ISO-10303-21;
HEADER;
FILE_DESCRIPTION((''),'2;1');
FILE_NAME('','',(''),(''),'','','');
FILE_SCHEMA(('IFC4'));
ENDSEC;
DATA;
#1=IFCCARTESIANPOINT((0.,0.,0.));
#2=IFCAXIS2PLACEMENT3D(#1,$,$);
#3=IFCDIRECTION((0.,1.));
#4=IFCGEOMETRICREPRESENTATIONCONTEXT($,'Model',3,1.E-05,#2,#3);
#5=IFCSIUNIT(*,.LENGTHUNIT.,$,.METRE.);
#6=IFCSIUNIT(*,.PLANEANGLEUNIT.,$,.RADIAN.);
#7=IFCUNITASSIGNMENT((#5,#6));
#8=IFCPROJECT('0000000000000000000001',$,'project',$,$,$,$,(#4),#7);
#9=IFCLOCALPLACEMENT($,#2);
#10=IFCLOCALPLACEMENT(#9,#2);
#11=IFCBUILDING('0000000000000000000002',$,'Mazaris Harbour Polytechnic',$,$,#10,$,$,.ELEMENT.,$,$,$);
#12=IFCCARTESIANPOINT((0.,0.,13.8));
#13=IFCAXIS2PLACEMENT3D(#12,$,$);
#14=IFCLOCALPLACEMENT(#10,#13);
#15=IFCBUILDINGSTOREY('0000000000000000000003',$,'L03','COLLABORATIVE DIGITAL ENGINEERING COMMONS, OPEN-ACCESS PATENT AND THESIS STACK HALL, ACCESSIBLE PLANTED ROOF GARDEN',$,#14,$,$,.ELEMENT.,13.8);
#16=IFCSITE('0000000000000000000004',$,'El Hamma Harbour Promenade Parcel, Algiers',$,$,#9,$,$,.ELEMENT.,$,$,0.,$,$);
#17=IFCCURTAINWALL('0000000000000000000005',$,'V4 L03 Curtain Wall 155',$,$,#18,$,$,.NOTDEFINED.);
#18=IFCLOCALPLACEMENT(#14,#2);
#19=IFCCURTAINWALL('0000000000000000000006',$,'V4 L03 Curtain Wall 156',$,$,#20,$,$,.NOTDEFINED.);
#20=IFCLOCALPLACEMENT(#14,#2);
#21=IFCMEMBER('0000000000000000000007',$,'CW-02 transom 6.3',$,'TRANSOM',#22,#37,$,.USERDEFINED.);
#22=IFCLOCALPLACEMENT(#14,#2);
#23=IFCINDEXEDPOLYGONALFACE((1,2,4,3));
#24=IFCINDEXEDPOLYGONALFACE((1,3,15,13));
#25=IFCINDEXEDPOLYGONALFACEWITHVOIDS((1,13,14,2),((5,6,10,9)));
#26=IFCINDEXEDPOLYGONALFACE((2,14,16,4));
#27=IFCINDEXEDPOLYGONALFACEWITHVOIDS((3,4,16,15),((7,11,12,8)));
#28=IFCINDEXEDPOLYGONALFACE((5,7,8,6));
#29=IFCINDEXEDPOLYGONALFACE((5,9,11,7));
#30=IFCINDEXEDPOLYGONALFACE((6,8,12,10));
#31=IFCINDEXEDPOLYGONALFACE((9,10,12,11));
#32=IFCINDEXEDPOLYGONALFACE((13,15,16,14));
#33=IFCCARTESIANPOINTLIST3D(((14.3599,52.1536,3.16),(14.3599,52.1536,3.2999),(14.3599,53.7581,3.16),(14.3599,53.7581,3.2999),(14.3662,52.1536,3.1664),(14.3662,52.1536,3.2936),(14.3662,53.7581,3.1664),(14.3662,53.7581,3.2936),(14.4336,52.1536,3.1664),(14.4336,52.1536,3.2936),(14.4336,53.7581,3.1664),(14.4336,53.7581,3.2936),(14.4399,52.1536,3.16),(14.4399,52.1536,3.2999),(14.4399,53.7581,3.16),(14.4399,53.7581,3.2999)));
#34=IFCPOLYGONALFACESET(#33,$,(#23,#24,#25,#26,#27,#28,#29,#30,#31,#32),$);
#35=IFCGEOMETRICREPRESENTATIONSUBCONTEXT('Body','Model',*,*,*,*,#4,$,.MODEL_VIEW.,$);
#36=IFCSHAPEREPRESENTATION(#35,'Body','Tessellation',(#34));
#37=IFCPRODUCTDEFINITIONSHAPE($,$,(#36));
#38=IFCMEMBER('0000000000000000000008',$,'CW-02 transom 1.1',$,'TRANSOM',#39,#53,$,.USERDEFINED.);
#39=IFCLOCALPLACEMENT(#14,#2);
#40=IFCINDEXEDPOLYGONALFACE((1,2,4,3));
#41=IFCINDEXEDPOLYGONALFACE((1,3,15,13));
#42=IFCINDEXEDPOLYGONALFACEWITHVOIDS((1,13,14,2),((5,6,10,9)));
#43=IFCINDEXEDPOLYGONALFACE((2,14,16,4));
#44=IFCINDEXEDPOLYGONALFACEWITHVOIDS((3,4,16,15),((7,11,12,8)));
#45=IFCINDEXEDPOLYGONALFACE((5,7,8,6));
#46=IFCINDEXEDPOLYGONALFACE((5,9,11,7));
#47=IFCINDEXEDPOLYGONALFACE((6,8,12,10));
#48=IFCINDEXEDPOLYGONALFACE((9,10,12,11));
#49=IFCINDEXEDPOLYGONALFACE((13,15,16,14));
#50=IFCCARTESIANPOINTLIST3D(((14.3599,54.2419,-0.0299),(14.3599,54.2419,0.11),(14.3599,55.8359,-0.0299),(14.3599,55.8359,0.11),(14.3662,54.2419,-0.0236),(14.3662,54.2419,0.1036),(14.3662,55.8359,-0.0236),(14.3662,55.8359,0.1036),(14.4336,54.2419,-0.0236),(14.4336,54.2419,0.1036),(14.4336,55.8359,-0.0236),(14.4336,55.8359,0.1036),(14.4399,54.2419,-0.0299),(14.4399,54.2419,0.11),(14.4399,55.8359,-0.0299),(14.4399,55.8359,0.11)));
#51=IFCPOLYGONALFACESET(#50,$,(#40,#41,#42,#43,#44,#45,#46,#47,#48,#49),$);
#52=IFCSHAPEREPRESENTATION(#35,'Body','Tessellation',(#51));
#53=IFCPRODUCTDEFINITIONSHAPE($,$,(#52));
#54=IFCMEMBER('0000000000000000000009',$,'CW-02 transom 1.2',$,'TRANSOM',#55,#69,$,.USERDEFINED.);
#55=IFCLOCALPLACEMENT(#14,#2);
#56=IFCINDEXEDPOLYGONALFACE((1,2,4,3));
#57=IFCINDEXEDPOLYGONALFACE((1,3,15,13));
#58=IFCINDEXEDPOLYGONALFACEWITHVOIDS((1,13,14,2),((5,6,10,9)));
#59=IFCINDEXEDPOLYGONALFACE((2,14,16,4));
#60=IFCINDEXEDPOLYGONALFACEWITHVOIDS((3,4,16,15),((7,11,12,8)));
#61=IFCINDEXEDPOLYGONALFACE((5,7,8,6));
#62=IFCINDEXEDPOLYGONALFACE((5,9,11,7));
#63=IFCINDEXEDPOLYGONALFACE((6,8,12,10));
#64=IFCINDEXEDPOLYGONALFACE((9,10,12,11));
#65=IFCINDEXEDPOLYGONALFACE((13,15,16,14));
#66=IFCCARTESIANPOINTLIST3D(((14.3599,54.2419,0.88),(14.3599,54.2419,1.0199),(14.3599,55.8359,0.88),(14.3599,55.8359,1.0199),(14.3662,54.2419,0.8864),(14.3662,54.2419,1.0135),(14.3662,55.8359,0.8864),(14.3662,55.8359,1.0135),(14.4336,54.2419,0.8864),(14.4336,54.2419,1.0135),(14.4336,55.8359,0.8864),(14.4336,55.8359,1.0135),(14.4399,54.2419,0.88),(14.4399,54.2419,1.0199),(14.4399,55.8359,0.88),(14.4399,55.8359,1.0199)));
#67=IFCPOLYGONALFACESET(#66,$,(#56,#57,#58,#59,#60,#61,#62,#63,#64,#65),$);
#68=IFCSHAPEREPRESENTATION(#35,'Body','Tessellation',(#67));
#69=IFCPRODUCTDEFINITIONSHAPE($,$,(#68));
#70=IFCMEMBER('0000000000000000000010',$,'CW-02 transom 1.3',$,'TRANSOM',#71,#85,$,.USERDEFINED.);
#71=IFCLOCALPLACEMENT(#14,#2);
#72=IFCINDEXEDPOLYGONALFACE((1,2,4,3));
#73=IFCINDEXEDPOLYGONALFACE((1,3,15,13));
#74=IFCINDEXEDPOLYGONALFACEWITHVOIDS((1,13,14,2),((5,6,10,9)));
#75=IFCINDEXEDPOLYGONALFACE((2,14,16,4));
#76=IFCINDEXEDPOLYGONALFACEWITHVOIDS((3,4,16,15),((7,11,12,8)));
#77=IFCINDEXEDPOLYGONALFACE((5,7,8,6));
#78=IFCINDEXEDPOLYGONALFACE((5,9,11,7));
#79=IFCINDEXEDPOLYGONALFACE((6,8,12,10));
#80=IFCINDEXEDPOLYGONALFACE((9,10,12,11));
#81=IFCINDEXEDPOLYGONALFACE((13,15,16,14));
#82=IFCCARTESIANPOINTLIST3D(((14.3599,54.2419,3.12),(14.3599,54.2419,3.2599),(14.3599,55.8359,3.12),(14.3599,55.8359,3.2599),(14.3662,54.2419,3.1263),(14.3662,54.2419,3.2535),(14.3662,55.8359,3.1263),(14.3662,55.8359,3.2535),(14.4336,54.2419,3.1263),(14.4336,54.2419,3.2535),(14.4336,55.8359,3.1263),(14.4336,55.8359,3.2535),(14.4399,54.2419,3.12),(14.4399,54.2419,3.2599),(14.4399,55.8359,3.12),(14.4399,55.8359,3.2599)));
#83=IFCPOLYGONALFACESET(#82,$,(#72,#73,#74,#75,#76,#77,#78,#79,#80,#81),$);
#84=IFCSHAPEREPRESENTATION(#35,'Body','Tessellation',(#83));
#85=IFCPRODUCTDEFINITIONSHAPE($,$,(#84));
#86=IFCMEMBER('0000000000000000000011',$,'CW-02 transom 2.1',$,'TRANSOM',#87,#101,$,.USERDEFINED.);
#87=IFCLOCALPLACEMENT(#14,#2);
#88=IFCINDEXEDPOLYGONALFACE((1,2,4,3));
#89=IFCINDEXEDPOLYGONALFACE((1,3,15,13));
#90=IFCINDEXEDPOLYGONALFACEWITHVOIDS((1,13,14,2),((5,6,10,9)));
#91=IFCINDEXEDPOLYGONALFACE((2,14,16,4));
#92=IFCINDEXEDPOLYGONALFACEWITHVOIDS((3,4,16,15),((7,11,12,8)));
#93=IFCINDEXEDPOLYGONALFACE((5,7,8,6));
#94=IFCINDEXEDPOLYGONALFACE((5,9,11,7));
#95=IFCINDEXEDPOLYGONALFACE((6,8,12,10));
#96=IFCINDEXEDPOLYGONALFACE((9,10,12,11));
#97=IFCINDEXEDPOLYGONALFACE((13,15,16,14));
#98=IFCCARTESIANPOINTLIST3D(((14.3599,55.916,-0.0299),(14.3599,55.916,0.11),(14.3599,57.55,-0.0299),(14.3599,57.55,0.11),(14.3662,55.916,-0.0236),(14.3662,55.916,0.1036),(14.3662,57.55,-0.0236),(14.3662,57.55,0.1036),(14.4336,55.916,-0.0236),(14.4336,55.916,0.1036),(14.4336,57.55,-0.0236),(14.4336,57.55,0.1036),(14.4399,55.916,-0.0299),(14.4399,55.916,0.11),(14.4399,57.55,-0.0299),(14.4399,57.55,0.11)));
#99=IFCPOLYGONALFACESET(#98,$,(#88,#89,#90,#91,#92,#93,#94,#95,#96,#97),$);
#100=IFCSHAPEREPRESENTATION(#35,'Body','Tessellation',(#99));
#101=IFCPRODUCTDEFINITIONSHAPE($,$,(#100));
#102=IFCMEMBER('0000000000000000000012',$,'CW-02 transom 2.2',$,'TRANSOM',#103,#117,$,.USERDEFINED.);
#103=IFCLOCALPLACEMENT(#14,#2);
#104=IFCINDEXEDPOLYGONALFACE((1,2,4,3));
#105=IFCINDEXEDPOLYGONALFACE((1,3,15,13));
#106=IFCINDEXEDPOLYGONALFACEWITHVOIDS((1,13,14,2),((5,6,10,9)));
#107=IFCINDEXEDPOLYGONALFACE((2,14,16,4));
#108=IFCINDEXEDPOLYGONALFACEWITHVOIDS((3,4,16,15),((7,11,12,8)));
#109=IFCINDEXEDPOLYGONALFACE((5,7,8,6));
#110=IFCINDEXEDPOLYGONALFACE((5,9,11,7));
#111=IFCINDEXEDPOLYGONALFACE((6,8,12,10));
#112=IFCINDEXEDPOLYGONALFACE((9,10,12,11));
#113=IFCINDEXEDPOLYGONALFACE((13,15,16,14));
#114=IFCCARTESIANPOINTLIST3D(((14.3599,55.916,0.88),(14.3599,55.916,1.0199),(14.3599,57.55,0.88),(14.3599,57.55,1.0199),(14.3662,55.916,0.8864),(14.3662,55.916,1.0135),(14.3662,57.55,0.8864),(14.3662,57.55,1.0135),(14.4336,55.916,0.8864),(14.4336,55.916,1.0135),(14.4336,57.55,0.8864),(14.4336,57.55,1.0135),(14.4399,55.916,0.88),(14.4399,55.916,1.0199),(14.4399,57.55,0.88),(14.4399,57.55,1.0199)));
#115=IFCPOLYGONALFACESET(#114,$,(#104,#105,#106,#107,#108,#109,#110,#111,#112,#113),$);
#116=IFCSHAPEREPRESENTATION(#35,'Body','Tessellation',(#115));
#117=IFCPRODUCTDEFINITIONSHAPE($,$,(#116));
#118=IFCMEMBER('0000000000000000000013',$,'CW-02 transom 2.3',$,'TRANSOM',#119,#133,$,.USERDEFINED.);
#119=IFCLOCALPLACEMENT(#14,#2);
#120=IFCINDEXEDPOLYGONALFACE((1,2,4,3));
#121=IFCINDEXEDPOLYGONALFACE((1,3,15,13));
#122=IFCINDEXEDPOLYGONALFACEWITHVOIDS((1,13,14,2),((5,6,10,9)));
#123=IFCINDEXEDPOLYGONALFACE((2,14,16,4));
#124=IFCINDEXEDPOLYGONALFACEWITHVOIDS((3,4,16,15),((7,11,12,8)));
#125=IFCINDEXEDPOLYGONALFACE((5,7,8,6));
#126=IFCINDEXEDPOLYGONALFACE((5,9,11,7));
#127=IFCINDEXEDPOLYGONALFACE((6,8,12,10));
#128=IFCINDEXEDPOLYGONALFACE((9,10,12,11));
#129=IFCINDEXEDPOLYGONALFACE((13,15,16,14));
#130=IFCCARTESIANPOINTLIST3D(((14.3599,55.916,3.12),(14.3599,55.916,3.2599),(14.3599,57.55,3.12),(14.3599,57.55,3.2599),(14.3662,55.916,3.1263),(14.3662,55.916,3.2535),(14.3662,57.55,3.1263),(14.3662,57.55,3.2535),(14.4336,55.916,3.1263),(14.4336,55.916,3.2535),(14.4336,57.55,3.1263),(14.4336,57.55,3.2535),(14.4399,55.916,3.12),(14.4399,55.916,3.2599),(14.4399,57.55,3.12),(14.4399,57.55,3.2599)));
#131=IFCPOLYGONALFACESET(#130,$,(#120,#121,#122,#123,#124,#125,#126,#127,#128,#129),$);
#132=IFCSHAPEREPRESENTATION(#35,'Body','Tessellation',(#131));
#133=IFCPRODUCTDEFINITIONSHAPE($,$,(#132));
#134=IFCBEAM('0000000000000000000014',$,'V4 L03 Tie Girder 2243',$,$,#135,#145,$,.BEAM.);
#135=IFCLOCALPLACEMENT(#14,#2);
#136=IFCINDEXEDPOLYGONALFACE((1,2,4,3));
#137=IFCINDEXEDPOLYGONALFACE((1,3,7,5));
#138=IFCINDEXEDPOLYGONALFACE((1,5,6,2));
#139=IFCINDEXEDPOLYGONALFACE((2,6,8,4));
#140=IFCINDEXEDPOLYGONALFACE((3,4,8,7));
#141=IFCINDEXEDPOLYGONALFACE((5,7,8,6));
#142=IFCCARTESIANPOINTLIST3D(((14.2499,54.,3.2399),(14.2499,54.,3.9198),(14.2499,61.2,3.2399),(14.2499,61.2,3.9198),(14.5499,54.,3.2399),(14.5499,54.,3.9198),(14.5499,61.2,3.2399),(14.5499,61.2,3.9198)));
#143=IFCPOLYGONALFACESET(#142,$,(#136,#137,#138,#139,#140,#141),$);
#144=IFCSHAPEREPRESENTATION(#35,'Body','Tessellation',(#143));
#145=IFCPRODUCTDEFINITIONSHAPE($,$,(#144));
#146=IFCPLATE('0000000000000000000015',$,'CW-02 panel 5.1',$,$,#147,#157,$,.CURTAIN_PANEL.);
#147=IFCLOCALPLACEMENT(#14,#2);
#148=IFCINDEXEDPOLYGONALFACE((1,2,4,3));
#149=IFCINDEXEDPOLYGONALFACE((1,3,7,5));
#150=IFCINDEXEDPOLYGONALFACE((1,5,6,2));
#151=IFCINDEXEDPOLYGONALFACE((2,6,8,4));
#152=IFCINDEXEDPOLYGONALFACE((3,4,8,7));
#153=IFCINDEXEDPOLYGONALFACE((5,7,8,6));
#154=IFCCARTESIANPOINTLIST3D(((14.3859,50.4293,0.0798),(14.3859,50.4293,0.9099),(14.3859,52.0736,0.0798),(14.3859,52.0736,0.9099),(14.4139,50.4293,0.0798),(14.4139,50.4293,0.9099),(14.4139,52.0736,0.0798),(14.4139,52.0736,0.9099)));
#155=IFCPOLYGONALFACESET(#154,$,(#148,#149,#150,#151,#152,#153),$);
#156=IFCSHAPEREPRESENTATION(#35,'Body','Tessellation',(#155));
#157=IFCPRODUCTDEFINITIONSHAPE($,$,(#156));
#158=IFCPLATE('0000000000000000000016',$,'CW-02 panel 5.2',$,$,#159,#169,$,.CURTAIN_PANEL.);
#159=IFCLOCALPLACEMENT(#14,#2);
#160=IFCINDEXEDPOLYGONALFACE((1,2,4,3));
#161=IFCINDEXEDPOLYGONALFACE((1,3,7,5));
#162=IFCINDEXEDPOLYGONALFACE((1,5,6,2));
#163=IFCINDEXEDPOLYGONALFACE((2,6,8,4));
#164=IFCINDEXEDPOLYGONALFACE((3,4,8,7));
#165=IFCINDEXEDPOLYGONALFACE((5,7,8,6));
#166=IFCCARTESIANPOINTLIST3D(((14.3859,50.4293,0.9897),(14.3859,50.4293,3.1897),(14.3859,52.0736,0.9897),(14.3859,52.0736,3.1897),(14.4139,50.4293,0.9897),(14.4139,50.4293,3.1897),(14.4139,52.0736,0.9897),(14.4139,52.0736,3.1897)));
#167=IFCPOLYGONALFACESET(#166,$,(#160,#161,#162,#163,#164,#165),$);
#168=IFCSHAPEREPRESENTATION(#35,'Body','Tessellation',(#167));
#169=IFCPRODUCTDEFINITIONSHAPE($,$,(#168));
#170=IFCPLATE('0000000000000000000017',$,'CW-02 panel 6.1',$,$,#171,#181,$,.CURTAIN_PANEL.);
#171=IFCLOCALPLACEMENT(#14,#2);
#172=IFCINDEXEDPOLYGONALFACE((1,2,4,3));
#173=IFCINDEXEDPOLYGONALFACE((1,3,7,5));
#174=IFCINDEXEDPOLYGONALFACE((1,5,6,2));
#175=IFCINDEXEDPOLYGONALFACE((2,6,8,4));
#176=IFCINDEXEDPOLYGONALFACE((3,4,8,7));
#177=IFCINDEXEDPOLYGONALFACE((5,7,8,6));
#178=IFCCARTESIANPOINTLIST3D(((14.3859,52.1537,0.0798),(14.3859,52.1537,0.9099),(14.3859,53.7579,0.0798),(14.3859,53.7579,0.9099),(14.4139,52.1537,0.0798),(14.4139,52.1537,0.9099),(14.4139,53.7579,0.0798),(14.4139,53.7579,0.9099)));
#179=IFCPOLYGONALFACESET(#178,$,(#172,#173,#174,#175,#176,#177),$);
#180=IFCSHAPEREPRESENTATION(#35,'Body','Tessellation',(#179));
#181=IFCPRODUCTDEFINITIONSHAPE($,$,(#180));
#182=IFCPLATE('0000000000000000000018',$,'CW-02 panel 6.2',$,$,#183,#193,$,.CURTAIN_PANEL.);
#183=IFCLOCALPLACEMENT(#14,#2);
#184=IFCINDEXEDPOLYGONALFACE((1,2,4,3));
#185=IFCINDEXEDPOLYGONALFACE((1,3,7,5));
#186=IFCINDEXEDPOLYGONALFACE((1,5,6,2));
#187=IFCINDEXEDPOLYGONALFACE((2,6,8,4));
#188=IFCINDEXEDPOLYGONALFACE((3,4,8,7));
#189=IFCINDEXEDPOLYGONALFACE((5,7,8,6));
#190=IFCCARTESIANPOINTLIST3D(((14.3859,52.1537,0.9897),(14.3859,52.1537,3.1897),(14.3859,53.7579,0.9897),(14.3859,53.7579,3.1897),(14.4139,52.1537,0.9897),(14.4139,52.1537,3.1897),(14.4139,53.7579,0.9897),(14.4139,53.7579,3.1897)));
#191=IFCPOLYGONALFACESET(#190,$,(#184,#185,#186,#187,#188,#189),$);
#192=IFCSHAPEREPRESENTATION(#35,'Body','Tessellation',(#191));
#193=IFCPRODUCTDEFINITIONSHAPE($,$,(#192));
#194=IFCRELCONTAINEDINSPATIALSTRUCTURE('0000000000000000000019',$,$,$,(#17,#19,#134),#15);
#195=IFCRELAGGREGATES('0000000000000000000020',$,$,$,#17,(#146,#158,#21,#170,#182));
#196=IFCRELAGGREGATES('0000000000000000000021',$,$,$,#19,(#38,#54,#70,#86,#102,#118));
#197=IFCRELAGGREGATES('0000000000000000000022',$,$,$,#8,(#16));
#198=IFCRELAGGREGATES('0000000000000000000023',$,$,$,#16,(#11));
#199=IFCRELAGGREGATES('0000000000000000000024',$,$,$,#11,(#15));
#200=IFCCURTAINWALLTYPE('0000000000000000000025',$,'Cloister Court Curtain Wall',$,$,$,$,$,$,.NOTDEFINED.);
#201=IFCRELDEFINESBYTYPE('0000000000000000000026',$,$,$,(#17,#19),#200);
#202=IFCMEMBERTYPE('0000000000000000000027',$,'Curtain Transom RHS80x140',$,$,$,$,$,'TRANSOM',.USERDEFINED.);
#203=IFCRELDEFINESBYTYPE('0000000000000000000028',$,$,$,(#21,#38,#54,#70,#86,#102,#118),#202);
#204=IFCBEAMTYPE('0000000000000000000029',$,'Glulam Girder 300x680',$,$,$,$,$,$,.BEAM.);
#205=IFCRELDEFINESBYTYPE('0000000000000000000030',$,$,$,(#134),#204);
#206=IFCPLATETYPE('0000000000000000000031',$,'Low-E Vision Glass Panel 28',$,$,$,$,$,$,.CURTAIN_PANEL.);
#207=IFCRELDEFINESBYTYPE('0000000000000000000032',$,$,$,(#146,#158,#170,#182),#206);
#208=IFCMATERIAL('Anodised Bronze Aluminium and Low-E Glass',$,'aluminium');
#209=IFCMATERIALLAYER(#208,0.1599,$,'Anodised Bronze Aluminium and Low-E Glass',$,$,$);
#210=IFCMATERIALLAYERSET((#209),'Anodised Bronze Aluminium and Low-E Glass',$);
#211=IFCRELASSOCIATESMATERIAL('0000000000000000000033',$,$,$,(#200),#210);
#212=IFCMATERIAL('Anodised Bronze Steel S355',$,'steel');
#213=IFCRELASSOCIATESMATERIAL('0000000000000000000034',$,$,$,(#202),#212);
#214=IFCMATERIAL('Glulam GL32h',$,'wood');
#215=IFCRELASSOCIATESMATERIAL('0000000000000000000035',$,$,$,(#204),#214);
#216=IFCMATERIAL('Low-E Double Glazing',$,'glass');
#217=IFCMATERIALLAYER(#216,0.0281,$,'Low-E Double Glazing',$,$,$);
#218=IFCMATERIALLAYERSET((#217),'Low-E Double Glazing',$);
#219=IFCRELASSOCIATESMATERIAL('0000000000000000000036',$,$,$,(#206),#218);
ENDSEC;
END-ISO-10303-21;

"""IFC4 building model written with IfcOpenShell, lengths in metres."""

from ifc_helpers import new_model, si_unit, direction, frame, origin, origin_2d, place, context, subcontext, project, spatial, rectangle, hollow_rectangle, extrude, material, layer, layer_set, material_profile, profile_set, type_object, element, aggregate, save


model = new_model("IFC4")

# Units and contexts
model_context = context("Model", 3, precision=1e-05, world=origin(), true_north=direction((0.0, 1.0)))
body_context = subcontext(model_context, "Body", "Model", "MODEL_VIEW")
ifc_project = project(units=[si_unit("LENGTHUNIT", "METRE"), si_unit("PLANEANGLEUNIT", "RADIAN")], contexts=[model_context])

# Site, building, storey
site_placement = place(None, origin())
site = spatial("IfcSite", under=ifc_project, at=site_placement, Name="El Hamma Harbour Promenade Parcel, Algiers", CompositionType="ELEMENT", RefElevation=0.0)
building_placement = place(site_placement, origin())
building = spatial("IfcBuilding", under=site, at=building_placement, Name="Mazaris Harbour Polytechnic", CompositionType="ELEMENT")
storey_placement = place(building_placement, frame((0.0, 0.0, 13.8)))
storey = spatial("IfcBuildingStorey", under=building, at=storey_placement, Name="L03", Description="COLLABORATIVE DIGITAL ENGINEERING COMMONS, OPEN-ACCESS PATENT AND THESIS STACK HALL, ACCESSIBLE PLANTED ROOF GARDEN", CompositionType="ELEMENT", Elevation=13.8)

# Curtain walls
ifc_material_1 = material(Name="Anodised Bronze Aluminium and Low-E Glass", Category="aluminium")
ifc_layer_1 = layer(ifc_material_1, 0.1599, Name="Anodised Bronze Aluminium and Low-E Glass")
ifc_layer_set_1 = layer_set([ifc_layer_1], Name="Anodised Bronze Aluminium and Low-E Glass")
curtain_wall_type = type_object("IfcCurtainWallType", Name="Cloister Court Curtain Wall", PredefinedType="NOTDEFINED", material=ifc_layer_set_1)
curtain_wall_1_placement = place(storey_placement, origin())
curtain_wall_1 = element("IfcCurtainWall", 1, at=curtain_wall_1_placement, inside=storey, type_object=curtain_wall_type, Name="V4 L03 Curtain Wall 155", PredefinedType="NOTDEFINED")
curtain_wall_2_placement = place(storey_placement, origin())
curtain_wall_2 = element("IfcCurtainWall", 2, at=curtain_wall_2_placement, inside=storey, type_object=curtain_wall_type, Name="V4 L03 Curtain Wall 156", PredefinedType="NOTDEFINED")

# Members
ifc_material_2 = material(Name="Anodised Bronze Steel S355", Category="steel")
ifc_material_profile_1 = material_profile(ifc_material_2, hollow_rectangle(XDim=0.0801, YDim=0.1399, WallThickness=0.0063, at=origin_2d()), Name="RHS 80x140x6.3")
ifc_profile_set_1 = profile_set([ifc_material_profile_1], Name="Anodised Bronze Steel S355")
member_type_1 = type_object("IfcMemberType", Name="Curtain Transom RHS80x140", ElementType="TRANSOM", PredefinedType="USERDEFINED", material=ifc_profile_set_1)
member_1_placement = place(storey_placement, frame((14.3999, 52.1536, 3.23), z_axis=(0.0, 1.0, 0.0), x_axis=(-1.0, 0.0, 0.0)))
member_1 = element("IfcMember", 3, at=member_1_placement, type_object=member_type_1, Name="CW-02 transom 6.3", ObjectType="TRANSOM", PredefinedType="USERDEFINED", context=body_context, shape_type="SweptSolid", body=[
    extrude(hollow_rectangle(XDim=0.0801, YDim=0.1399, WallThickness=0.0063, at=origin_2d()), origin(), (0.0, 0.0, 1.0), 1.6045),
])
member_2_placement = place(storey_placement, frame((14.3999, 54.2419, 0.04), z_axis=(0.0, 1.0, 0.0), x_axis=(-1.0, 0.0, 0.0)))
member_2 = element("IfcMember", 4, at=member_2_placement, type_object=member_type_1, Name="CW-02 transom 1.1", ObjectType="TRANSOM", PredefinedType="USERDEFINED", context=body_context, shape_type="SweptSolid", body=[
    extrude(hollow_rectangle(XDim=0.0801, YDim=0.1399, WallThickness=0.0063, at=origin_2d()), origin(), (0.0, 0.0, 1.0), 1.594),
])
member_3_placement = place(storey_placement, frame((14.3999, 54.2419, 0.95), z_axis=(0.0, 1.0, 0.0), x_axis=(-1.0, 0.0, 0.0)))
member_3 = element("IfcMember", 5, at=member_3_placement, type_object=member_type_1, Name="CW-02 transom 1.2", ObjectType="TRANSOM", PredefinedType="USERDEFINED", context=body_context, shape_type="SweptSolid", body=[
    extrude(hollow_rectangle(XDim=0.0801, YDim=0.1399, WallThickness=0.0063, at=origin_2d()), origin(), (0.0, 0.0, 1.0), 1.594),
])
member_4_placement = place(storey_placement, frame((14.3999, 54.2419, 3.1899), z_axis=(0.0, 1.0, 0.0), x_axis=(-1.0, 0.0, 0.0)))
member_4 = element("IfcMember", 6, at=member_4_placement, type_object=member_type_1, Name="CW-02 transom 1.3", ObjectType="TRANSOM", PredefinedType="USERDEFINED", context=body_context, shape_type="SweptSolid", body=[
    extrude(hollow_rectangle(XDim=0.0801, YDim=0.1399, WallThickness=0.0063, at=origin_2d()), origin(), (0.0, 0.0, 1.0), 1.594),
])
member_5_placement = place(storey_placement, frame((14.3999, 55.916, 0.04), z_axis=(0.0, 1.0, 0.0), x_axis=(-1.0, 0.0, 0.0)))
member_5 = element("IfcMember", 7, at=member_5_placement, type_object=member_type_1, Name="CW-02 transom 2.1", ObjectType="TRANSOM", PredefinedType="USERDEFINED", context=body_context, shape_type="SweptSolid", body=[
    extrude(hollow_rectangle(XDim=0.0801, YDim=0.1399, WallThickness=0.0063, at=origin_2d()), origin(), (0.0, 0.0, 1.0), 1.634),
])
member_6_placement = place(storey_placement, frame((14.3999, 55.916, 0.95), z_axis=(0.0, 1.0, 0.0), x_axis=(-1.0, 0.0, 0.0)))
member_6 = element("IfcMember", 8, at=member_6_placement, type_object=member_type_1, Name="CW-02 transom 2.2", ObjectType="TRANSOM", PredefinedType="USERDEFINED", context=body_context, shape_type="SweptSolid", body=[
    extrude(hollow_rectangle(XDim=0.0801, YDim=0.1399, WallThickness=0.0063, at=origin_2d()), origin(), (0.0, 0.0, 1.0), 1.634),
])
member_7_placement = place(storey_placement, frame((14.3999, 55.916, 3.1899), z_axis=(0.0, 1.0, 0.0), x_axis=(-1.0, 0.0, 0.0)))
member_7 = element("IfcMember", 9, at=member_7_placement, type_object=member_type_1, Name="CW-02 transom 2.3", ObjectType="TRANSOM", PredefinedType="USERDEFINED", context=body_context, shape_type="SweptSolid", body=[
    extrude(hollow_rectangle(XDim=0.0801, YDim=0.1399, WallThickness=0.0063, at=origin_2d()), origin(), (0.0, 0.0, 1.0), 1.634),
])

# Beam
ifc_material_3 = material(Name="Glulam GL32h", Category="wood")
ifc_material_profile_2 = material_profile(ifc_material_3, rectangle(XDim=0.3, YDim=0.6799, at=origin_2d()), Name="RECT300x680")
ifc_profile_set_2 = profile_set([ifc_material_profile_2], Name="Glulam GL32h")
beam_type = type_object("IfcBeamType", Name="Glulam Girder 300x680", PredefinedType="BEAM", material=ifc_profile_set_2)
beam_placement = place(storey_placement, frame((14.3999, 54.0, 3.5798), z_axis=(0.0, 1.0, 0.0), x_axis=(-1.0, 0.0, 0.0)))
element("IfcBeam", 10, at=beam_placement, inside=storey, type_object=beam_type, Name="V4 L03 Tie Girder 2243", PredefinedType="BEAM", context=body_context, shape_type="SweptSolid", body=[
    extrude(rectangle(XDim=0.3, YDim=0.6799, at=origin_2d()), origin(), (0.0, 0.0, 1.0), 7.2),
])

# Plates
ifc_material_4 = material(Name="Low-E Double Glazing", Category="glass")
ifc_layer_2 = layer(ifc_material_4, 0.0281, Name="Low-E Double Glazing")
ifc_layer_set_2 = layer_set([ifc_layer_2], Name="Low-E Double Glazing")
plate_type = type_object("IfcPlateType", Name="Low-E Vision Glass Panel 28", PredefinedType="CURTAIN_PANEL", material=ifc_layer_set_2)
plate_1_placement = place(storey_placement, frame((14.3999, 51.2515, 0.0798), z_axis=(0.0, 0.0, 1.0), x_axis=(0.0, 1.0, 0.0)))
plate_1 = element("IfcPlate", 11, at=plate_1_placement, type_object=plate_type, Name="CW-02 panel 5.1", PredefinedType="CURTAIN_PANEL", context=body_context, shape_type="SweptSolid", body=[
    extrude(rectangle(XDim=1.6443, YDim=0.0281, at=origin_2d()), origin(), (0.0, 0.0, 1.0), 0.8301),
])
plate_2_placement = place(storey_placement, frame((14.3999, 51.2515, 0.9897), z_axis=(0.0, 0.0, 1.0), x_axis=(0.0, 1.0, 0.0)))
plate_2 = element("IfcPlate", 12, at=plate_2_placement, type_object=plate_type, Name="CW-02 panel 5.2", PredefinedType="CURTAIN_PANEL", context=body_context, shape_type="SweptSolid", body=[
    extrude(rectangle(XDim=1.6443, YDim=0.0281, at=origin_2d()), origin(), (0.0, 0.0, 1.0), 2.2),
])
plate_3_placement = place(storey_placement, frame((14.3999, 52.9558, 0.0798), z_axis=(0.0, 0.0, 1.0), x_axis=(0.0, 1.0, 0.0)))
plate_3 = element("IfcPlate", 13, at=plate_3_placement, type_object=plate_type, Name="CW-02 panel 6.1", PredefinedType="CURTAIN_PANEL", context=body_context, shape_type="SweptSolid", body=[
    extrude(rectangle(XDim=1.6042, YDim=0.0281, at=origin_2d()), origin(), (0.0, 0.0, 1.0), 0.8301),
])
plate_4_placement = place(storey_placement, frame((14.3999, 52.9558, 0.9897), z_axis=(0.0, 0.0, 1.0), x_axis=(0.0, 1.0, 0.0)))
plate_4 = element("IfcPlate", 14, at=plate_4_placement, type_object=plate_type, Name="CW-02 panel 6.2", PredefinedType="CURTAIN_PANEL", context=body_context, shape_type="SweptSolid", body=[
    extrude(rectangle(XDim=1.6042, YDim=0.0281, at=origin_2d()), origin(), (0.0, 0.0, 1.0), 2.2),
])
aggregate(curtain_wall_1, [plate_1, plate_2, member_1, plate_3, plate_4])
aggregate(curtain_wall_2, [member_2, member_3, member_4, member_5, member_6, member_7])

save(model, "model.ifc")
